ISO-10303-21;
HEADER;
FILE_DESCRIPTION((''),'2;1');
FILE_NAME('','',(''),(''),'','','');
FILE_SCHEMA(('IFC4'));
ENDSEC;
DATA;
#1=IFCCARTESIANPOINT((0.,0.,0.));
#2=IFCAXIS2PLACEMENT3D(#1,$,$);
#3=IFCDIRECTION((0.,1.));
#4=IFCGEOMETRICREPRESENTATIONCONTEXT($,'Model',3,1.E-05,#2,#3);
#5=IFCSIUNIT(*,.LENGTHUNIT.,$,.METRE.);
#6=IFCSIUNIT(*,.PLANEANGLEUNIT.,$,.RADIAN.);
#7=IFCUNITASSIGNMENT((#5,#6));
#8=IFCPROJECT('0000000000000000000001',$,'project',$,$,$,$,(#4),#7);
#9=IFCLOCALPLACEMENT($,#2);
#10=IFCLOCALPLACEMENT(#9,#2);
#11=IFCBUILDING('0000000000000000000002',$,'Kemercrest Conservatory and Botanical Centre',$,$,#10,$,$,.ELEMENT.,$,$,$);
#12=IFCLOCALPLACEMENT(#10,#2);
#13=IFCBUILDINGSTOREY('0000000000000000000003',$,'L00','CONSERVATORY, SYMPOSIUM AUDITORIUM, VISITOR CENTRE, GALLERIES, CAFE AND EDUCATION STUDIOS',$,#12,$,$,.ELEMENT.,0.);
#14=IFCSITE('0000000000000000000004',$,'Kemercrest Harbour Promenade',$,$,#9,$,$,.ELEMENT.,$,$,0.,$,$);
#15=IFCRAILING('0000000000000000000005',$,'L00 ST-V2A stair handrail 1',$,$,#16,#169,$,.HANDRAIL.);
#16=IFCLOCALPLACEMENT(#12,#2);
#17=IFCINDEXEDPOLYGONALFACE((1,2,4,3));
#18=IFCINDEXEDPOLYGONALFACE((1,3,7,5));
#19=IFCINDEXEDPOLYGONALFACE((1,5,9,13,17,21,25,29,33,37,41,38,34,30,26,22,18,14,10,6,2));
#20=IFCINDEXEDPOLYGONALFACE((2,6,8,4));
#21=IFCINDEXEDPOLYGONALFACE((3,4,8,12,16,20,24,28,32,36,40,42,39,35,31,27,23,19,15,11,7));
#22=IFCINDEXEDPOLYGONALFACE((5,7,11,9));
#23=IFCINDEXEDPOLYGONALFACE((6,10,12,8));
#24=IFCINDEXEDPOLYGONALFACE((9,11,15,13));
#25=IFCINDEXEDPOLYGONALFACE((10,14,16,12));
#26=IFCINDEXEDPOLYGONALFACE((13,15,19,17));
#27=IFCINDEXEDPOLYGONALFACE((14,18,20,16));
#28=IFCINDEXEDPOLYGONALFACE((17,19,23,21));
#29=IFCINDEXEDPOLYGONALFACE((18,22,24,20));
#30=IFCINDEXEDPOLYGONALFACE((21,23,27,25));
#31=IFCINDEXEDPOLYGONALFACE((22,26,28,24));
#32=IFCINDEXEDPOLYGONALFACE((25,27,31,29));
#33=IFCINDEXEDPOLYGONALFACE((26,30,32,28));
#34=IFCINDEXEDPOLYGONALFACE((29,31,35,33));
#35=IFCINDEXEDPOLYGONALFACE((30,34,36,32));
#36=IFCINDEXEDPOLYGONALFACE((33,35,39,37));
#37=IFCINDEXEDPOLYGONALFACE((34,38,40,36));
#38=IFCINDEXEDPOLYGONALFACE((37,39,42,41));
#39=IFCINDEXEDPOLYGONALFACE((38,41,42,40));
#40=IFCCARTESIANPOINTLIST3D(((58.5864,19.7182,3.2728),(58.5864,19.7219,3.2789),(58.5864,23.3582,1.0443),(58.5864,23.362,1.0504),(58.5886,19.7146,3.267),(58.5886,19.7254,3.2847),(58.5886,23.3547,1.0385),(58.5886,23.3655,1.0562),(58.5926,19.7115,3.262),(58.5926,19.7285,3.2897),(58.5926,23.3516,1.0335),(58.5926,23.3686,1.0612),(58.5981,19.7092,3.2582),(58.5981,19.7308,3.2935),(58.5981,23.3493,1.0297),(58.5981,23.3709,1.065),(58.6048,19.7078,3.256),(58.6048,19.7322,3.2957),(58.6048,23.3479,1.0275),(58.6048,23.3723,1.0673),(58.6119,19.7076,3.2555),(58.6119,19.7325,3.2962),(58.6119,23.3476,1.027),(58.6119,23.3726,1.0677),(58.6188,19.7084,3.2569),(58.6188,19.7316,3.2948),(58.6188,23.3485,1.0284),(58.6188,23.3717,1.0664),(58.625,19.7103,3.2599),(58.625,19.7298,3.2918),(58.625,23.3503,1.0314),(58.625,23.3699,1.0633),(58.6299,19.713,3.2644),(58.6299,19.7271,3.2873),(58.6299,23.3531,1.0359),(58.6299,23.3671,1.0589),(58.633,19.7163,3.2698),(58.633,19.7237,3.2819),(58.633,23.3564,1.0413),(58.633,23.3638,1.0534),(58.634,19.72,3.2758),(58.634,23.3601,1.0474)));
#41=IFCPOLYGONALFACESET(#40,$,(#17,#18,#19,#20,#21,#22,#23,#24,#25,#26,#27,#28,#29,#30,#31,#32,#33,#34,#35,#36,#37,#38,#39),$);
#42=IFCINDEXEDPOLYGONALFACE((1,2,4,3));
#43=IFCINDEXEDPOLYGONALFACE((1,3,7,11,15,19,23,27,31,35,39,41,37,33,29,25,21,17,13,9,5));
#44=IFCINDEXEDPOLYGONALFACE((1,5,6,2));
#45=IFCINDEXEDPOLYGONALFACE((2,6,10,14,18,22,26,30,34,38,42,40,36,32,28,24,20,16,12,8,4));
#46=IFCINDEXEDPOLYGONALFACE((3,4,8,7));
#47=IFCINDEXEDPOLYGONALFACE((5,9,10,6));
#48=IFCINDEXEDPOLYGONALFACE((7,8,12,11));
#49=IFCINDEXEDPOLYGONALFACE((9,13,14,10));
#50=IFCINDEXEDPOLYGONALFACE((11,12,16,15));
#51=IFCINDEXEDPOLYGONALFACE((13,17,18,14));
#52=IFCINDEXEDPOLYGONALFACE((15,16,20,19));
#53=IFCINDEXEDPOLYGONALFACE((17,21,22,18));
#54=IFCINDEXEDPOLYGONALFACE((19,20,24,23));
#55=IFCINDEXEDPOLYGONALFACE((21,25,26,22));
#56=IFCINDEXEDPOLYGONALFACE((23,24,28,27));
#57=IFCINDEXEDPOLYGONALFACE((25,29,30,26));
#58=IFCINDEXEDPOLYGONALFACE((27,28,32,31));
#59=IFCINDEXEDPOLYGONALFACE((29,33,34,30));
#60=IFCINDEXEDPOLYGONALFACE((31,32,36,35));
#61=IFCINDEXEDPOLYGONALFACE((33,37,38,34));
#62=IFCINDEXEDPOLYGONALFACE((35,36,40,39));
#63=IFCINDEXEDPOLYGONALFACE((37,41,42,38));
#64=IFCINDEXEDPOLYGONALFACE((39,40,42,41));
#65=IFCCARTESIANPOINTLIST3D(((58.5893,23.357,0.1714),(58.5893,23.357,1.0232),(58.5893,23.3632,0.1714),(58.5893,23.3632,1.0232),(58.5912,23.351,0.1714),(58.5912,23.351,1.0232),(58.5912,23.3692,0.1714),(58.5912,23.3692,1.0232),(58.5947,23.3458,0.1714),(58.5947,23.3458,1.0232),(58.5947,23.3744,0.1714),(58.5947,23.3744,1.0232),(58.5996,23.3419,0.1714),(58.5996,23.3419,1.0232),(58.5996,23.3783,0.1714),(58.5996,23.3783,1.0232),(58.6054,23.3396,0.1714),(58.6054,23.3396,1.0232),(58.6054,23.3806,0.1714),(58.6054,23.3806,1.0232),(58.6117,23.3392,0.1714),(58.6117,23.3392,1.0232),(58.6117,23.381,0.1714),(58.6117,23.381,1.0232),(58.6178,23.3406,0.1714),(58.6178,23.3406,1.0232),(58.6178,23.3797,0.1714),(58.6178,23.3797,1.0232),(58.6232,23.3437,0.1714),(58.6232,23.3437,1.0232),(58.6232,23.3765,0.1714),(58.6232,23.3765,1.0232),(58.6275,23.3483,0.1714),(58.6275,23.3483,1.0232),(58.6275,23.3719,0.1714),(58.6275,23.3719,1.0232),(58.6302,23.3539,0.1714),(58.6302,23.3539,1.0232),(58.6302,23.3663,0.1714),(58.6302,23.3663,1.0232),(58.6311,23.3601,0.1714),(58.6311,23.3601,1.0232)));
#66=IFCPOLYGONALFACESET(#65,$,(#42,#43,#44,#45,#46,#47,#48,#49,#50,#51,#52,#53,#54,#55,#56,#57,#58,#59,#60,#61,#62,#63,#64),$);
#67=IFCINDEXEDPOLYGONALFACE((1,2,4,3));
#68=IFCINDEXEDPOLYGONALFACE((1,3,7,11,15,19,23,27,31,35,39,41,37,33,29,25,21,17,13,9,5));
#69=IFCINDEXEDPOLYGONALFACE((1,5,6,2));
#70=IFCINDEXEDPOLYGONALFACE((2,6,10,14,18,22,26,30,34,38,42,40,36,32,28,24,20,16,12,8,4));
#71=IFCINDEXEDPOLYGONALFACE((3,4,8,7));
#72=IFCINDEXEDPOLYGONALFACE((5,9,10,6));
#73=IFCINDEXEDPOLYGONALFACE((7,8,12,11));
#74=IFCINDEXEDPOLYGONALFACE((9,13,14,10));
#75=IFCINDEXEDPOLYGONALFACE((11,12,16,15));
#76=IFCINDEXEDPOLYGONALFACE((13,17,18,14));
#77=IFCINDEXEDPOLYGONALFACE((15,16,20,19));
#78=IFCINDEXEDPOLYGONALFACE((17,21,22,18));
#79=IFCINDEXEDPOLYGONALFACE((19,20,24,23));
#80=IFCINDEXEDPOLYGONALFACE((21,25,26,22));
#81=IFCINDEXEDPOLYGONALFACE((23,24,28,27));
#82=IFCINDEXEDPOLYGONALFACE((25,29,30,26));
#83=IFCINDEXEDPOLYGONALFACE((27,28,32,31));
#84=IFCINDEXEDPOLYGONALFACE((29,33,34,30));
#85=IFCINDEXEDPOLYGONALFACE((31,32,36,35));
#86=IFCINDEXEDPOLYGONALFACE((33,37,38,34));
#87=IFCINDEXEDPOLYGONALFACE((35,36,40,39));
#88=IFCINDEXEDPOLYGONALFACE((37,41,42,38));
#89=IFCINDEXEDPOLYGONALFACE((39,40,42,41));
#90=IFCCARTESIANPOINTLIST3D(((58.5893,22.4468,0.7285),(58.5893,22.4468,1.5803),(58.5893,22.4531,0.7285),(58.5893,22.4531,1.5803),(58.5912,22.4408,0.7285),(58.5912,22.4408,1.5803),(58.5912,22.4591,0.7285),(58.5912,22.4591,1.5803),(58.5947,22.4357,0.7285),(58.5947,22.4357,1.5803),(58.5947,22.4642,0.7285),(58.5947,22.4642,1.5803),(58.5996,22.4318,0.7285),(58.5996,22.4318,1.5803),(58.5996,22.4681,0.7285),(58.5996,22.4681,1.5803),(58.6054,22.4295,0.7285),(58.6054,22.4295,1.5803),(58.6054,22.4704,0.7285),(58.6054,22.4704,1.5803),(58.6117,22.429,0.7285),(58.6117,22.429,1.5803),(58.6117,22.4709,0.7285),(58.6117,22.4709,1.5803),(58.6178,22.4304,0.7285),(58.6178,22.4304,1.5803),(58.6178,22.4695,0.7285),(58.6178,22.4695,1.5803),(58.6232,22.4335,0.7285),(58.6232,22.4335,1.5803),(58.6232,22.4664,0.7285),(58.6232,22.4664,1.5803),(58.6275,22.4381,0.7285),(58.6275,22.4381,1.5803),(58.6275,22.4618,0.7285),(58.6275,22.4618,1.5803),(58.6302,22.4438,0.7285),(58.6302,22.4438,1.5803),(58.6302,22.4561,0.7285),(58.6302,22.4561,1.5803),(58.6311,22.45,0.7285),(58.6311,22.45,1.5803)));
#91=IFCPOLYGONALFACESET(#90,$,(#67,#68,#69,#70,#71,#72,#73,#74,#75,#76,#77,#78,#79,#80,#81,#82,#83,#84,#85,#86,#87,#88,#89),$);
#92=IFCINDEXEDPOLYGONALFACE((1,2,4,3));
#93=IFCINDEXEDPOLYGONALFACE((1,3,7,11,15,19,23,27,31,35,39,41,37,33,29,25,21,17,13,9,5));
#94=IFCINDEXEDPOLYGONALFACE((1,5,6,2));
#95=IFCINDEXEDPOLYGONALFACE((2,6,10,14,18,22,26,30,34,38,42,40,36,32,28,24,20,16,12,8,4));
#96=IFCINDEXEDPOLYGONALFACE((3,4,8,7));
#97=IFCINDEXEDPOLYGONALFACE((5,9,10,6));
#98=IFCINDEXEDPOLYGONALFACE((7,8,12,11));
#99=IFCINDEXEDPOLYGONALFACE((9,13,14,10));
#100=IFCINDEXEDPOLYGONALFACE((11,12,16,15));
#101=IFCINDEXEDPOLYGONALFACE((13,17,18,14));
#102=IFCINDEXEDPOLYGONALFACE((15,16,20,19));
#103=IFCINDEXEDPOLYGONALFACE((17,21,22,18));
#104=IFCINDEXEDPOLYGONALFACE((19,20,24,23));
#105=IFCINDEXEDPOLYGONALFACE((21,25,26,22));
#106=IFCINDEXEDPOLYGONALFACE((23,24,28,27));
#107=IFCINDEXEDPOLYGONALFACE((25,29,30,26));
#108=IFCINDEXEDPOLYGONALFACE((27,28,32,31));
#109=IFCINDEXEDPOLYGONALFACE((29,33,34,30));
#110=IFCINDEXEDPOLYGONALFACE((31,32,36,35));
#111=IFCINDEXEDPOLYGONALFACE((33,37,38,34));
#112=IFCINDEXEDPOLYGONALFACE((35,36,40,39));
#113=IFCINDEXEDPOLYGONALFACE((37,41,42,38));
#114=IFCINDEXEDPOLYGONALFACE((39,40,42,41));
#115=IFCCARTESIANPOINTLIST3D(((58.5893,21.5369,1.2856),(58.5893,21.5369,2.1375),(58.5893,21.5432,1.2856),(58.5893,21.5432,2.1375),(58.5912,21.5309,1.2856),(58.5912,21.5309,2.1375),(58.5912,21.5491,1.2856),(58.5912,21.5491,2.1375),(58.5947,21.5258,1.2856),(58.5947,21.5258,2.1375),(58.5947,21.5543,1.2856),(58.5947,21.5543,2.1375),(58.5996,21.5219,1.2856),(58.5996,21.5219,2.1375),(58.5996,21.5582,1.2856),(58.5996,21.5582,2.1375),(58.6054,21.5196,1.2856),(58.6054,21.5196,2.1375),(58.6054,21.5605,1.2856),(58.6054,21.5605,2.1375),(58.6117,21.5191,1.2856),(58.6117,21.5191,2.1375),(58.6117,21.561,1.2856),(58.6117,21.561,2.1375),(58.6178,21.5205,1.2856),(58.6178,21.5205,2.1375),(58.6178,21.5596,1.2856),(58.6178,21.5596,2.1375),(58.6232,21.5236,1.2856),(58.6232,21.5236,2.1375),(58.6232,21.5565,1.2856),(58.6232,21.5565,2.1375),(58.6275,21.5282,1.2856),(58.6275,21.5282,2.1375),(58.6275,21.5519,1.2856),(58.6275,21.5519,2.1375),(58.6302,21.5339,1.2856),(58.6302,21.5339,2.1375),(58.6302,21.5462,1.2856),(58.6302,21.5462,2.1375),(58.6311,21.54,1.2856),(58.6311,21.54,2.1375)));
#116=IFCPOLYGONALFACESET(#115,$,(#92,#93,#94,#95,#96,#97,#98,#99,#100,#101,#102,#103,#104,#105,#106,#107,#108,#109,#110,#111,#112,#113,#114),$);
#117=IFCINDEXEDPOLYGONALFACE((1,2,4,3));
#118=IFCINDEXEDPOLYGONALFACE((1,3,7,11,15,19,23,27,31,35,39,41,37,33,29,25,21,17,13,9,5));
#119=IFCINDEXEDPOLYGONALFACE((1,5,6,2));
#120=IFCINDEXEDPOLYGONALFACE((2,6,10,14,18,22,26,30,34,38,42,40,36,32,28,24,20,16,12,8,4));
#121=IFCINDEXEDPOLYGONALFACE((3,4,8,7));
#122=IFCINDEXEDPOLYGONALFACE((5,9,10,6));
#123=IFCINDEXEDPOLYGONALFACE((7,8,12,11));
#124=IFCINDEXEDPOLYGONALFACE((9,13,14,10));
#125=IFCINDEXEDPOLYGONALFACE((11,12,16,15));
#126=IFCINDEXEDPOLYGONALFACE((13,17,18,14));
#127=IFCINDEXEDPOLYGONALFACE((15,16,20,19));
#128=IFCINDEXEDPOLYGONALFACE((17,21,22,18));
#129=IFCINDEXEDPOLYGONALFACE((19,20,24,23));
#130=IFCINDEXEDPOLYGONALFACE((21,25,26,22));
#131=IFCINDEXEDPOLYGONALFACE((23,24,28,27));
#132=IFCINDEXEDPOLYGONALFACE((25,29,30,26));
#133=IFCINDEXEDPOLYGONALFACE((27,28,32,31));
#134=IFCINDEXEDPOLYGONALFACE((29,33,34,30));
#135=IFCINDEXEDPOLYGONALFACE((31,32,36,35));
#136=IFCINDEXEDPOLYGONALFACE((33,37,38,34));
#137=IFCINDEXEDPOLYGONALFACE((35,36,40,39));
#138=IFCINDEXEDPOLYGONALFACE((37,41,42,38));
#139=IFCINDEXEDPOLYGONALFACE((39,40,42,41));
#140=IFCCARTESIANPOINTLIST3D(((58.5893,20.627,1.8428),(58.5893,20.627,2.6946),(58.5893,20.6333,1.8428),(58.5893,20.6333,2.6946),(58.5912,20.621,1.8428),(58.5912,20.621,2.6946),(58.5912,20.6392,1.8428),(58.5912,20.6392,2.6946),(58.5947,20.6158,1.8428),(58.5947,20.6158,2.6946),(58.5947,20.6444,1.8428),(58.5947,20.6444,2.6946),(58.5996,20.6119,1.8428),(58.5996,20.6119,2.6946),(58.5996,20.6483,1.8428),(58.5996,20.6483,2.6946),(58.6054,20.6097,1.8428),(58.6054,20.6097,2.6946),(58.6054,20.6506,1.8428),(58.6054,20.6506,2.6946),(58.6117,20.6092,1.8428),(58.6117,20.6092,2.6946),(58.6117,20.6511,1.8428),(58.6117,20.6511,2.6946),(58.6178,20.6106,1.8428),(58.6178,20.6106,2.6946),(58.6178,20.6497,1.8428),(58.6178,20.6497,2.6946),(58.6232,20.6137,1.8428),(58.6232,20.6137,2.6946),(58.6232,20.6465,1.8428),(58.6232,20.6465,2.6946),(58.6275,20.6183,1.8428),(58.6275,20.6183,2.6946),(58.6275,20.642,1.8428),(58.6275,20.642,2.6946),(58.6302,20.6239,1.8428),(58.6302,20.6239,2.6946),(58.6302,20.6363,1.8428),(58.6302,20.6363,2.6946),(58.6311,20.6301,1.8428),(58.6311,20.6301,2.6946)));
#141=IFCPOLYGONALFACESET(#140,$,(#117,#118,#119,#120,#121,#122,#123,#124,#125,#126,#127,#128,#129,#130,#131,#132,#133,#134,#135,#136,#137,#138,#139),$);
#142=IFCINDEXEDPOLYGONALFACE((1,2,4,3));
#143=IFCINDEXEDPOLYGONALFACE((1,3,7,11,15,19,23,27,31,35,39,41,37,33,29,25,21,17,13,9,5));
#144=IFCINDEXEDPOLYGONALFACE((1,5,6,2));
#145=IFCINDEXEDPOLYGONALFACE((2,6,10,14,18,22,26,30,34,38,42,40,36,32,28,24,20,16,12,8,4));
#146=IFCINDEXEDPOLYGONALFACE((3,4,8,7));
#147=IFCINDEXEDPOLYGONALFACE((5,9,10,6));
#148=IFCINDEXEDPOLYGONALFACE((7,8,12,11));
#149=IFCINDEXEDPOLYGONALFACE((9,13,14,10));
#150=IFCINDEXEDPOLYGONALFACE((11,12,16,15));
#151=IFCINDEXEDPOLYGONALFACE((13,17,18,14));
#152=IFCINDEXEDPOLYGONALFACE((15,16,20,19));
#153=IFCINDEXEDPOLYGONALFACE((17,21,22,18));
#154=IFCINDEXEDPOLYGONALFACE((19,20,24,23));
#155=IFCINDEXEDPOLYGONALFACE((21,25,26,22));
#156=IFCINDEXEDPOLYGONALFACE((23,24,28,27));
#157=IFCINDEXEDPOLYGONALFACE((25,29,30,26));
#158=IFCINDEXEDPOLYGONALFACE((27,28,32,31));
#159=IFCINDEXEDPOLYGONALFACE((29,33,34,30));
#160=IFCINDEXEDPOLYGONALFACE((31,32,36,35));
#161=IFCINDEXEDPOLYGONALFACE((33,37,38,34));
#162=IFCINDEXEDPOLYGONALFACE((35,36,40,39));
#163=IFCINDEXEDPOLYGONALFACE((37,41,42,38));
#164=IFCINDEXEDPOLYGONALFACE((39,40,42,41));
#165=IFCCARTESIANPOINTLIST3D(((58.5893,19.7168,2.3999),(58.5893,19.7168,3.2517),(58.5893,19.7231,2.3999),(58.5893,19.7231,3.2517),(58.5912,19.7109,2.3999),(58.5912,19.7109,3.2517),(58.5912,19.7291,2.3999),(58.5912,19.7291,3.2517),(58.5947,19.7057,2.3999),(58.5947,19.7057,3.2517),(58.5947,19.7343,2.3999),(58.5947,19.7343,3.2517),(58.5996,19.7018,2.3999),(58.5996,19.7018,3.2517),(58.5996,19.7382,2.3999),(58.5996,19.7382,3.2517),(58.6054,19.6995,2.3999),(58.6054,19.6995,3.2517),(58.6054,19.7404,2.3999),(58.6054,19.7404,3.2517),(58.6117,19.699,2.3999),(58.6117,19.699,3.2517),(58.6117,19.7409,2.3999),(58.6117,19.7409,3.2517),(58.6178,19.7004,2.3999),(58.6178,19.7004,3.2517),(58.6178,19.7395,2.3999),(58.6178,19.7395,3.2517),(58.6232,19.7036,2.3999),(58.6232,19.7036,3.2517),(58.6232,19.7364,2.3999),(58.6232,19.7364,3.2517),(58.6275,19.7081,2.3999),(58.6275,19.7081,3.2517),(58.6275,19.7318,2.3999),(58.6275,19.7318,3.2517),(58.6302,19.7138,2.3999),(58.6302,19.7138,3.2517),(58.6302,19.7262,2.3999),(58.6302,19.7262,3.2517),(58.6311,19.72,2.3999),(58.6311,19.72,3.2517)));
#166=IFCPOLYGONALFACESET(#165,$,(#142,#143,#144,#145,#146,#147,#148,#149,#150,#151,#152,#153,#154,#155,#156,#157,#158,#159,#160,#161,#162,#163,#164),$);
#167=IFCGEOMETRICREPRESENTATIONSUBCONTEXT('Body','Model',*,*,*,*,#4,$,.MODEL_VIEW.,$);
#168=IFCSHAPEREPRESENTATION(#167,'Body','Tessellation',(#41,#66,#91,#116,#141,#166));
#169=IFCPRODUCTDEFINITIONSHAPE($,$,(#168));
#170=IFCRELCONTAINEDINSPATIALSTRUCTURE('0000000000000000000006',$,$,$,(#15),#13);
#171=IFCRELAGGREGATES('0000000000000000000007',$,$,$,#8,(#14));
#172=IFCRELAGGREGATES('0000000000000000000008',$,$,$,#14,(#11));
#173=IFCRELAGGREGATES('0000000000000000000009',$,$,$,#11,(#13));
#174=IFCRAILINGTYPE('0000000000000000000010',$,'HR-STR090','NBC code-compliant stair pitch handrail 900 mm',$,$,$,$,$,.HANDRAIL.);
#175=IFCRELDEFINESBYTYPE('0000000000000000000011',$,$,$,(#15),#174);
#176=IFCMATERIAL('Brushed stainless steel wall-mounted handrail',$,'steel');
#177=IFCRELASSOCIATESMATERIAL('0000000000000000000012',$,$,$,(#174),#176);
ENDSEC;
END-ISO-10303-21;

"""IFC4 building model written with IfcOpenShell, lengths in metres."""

from ifc_helpers import new_model, si_unit, direction, frame, origin, origin_2d, place, context, subcontext, project, spatial, circle, extrude, material, type_object, element, save


model = new_model("IFC4")

# Units and contexts
model_context = context("Model", 3, precision=1e-05, world=origin(), true_north=direction((0.0, 1.0)))
body_context = subcontext(model_context, "Body", "Model", "MODEL_VIEW")
ifc_project = project(units=[si_unit("LENGTHUNIT", "METRE"), si_unit("PLANEANGLEUNIT", "RADIAN")], contexts=[model_context])

# Site, building, storey
site_placement = place(None, origin())
site = spatial("IfcSite", under=ifc_project, at=site_placement, Name="Kemercrest Harbour Promenade", CompositionType="ELEMENT", RefElevation=0.0)
building_placement = place(site_placement, origin())
building = spatial("IfcBuilding", under=site, at=building_placement, Name="Kemercrest Conservatory and Botanical Centre", CompositionType="ELEMENT")
storey_placement = place(building_placement, origin())
storey = spatial("IfcBuildingStorey", under=building, at=storey_placement, Name="L00", Description="CONSERVATORY, SYMPOSIUM AUDITORIUM, VISITOR CENTRE, GALLERIES, CAFE AND EDUCATION STUDIOS", CompositionType="ELEMENT", Elevation=0.0)

# Railing
ifc_material_1 = material(Name="Brushed stainless steel wall-mounted handrail", Category="steel")
railing_type_1 = type_object("IfcRailingType", Name="HR-STR090", Description="NBC code-compliant stair pitch handrail 900 mm", PredefinedType="HANDRAIL", material=ifc_material_1)
railing_1_placement = place(storey_placement, frame((58.6101, 23.3601, 0.1714)))
element("IfcRailing", 1, at=railing_1_placement, inside=storey, type_object=railing_type_1, Name="L00 ST-V2A stair handrail 1", PredefinedType="HANDRAIL", context=body_context, shape_type="SweptSolid", body=[
    extrude(circle(Radius=0.0239, at=origin_2d()), frame((0.0, 0.0, 0.876), z_axis=(0.0, -0.852866, 0.52213), x_axis=(1.0, 0.0, 0.0)), (0.0, 0.0, 1.0), 4.2681),
    extrude(circle(Radius=0.021, at=origin_2d()), origin(), (0.0, 0.0, 1.0), 0.8518),
    extrude(circle(Radius=0.021, at=origin_2d()), frame((0.0, -0.9102, 0.5571)), (0.0, 0.0, 1.0), 0.8518),
    extrude(circle(Radius=0.021, at=origin_2d()), frame((0.0, -1.8201, 1.1143)), (0.0, 0.0, 1.0), 0.8518),
    extrude(circle(Radius=0.021, at=origin_2d()), frame((0.0, -2.73, 1.6714)), (0.0, 0.0, 1.0), 0.8518),
    extrude(circle(Radius=0.021, at=origin_2d()), frame((0.0, -3.6401, 2.2285)), (0.0, 0.0, 1.0), 0.8518),
])

save(model, "model.ifc")
